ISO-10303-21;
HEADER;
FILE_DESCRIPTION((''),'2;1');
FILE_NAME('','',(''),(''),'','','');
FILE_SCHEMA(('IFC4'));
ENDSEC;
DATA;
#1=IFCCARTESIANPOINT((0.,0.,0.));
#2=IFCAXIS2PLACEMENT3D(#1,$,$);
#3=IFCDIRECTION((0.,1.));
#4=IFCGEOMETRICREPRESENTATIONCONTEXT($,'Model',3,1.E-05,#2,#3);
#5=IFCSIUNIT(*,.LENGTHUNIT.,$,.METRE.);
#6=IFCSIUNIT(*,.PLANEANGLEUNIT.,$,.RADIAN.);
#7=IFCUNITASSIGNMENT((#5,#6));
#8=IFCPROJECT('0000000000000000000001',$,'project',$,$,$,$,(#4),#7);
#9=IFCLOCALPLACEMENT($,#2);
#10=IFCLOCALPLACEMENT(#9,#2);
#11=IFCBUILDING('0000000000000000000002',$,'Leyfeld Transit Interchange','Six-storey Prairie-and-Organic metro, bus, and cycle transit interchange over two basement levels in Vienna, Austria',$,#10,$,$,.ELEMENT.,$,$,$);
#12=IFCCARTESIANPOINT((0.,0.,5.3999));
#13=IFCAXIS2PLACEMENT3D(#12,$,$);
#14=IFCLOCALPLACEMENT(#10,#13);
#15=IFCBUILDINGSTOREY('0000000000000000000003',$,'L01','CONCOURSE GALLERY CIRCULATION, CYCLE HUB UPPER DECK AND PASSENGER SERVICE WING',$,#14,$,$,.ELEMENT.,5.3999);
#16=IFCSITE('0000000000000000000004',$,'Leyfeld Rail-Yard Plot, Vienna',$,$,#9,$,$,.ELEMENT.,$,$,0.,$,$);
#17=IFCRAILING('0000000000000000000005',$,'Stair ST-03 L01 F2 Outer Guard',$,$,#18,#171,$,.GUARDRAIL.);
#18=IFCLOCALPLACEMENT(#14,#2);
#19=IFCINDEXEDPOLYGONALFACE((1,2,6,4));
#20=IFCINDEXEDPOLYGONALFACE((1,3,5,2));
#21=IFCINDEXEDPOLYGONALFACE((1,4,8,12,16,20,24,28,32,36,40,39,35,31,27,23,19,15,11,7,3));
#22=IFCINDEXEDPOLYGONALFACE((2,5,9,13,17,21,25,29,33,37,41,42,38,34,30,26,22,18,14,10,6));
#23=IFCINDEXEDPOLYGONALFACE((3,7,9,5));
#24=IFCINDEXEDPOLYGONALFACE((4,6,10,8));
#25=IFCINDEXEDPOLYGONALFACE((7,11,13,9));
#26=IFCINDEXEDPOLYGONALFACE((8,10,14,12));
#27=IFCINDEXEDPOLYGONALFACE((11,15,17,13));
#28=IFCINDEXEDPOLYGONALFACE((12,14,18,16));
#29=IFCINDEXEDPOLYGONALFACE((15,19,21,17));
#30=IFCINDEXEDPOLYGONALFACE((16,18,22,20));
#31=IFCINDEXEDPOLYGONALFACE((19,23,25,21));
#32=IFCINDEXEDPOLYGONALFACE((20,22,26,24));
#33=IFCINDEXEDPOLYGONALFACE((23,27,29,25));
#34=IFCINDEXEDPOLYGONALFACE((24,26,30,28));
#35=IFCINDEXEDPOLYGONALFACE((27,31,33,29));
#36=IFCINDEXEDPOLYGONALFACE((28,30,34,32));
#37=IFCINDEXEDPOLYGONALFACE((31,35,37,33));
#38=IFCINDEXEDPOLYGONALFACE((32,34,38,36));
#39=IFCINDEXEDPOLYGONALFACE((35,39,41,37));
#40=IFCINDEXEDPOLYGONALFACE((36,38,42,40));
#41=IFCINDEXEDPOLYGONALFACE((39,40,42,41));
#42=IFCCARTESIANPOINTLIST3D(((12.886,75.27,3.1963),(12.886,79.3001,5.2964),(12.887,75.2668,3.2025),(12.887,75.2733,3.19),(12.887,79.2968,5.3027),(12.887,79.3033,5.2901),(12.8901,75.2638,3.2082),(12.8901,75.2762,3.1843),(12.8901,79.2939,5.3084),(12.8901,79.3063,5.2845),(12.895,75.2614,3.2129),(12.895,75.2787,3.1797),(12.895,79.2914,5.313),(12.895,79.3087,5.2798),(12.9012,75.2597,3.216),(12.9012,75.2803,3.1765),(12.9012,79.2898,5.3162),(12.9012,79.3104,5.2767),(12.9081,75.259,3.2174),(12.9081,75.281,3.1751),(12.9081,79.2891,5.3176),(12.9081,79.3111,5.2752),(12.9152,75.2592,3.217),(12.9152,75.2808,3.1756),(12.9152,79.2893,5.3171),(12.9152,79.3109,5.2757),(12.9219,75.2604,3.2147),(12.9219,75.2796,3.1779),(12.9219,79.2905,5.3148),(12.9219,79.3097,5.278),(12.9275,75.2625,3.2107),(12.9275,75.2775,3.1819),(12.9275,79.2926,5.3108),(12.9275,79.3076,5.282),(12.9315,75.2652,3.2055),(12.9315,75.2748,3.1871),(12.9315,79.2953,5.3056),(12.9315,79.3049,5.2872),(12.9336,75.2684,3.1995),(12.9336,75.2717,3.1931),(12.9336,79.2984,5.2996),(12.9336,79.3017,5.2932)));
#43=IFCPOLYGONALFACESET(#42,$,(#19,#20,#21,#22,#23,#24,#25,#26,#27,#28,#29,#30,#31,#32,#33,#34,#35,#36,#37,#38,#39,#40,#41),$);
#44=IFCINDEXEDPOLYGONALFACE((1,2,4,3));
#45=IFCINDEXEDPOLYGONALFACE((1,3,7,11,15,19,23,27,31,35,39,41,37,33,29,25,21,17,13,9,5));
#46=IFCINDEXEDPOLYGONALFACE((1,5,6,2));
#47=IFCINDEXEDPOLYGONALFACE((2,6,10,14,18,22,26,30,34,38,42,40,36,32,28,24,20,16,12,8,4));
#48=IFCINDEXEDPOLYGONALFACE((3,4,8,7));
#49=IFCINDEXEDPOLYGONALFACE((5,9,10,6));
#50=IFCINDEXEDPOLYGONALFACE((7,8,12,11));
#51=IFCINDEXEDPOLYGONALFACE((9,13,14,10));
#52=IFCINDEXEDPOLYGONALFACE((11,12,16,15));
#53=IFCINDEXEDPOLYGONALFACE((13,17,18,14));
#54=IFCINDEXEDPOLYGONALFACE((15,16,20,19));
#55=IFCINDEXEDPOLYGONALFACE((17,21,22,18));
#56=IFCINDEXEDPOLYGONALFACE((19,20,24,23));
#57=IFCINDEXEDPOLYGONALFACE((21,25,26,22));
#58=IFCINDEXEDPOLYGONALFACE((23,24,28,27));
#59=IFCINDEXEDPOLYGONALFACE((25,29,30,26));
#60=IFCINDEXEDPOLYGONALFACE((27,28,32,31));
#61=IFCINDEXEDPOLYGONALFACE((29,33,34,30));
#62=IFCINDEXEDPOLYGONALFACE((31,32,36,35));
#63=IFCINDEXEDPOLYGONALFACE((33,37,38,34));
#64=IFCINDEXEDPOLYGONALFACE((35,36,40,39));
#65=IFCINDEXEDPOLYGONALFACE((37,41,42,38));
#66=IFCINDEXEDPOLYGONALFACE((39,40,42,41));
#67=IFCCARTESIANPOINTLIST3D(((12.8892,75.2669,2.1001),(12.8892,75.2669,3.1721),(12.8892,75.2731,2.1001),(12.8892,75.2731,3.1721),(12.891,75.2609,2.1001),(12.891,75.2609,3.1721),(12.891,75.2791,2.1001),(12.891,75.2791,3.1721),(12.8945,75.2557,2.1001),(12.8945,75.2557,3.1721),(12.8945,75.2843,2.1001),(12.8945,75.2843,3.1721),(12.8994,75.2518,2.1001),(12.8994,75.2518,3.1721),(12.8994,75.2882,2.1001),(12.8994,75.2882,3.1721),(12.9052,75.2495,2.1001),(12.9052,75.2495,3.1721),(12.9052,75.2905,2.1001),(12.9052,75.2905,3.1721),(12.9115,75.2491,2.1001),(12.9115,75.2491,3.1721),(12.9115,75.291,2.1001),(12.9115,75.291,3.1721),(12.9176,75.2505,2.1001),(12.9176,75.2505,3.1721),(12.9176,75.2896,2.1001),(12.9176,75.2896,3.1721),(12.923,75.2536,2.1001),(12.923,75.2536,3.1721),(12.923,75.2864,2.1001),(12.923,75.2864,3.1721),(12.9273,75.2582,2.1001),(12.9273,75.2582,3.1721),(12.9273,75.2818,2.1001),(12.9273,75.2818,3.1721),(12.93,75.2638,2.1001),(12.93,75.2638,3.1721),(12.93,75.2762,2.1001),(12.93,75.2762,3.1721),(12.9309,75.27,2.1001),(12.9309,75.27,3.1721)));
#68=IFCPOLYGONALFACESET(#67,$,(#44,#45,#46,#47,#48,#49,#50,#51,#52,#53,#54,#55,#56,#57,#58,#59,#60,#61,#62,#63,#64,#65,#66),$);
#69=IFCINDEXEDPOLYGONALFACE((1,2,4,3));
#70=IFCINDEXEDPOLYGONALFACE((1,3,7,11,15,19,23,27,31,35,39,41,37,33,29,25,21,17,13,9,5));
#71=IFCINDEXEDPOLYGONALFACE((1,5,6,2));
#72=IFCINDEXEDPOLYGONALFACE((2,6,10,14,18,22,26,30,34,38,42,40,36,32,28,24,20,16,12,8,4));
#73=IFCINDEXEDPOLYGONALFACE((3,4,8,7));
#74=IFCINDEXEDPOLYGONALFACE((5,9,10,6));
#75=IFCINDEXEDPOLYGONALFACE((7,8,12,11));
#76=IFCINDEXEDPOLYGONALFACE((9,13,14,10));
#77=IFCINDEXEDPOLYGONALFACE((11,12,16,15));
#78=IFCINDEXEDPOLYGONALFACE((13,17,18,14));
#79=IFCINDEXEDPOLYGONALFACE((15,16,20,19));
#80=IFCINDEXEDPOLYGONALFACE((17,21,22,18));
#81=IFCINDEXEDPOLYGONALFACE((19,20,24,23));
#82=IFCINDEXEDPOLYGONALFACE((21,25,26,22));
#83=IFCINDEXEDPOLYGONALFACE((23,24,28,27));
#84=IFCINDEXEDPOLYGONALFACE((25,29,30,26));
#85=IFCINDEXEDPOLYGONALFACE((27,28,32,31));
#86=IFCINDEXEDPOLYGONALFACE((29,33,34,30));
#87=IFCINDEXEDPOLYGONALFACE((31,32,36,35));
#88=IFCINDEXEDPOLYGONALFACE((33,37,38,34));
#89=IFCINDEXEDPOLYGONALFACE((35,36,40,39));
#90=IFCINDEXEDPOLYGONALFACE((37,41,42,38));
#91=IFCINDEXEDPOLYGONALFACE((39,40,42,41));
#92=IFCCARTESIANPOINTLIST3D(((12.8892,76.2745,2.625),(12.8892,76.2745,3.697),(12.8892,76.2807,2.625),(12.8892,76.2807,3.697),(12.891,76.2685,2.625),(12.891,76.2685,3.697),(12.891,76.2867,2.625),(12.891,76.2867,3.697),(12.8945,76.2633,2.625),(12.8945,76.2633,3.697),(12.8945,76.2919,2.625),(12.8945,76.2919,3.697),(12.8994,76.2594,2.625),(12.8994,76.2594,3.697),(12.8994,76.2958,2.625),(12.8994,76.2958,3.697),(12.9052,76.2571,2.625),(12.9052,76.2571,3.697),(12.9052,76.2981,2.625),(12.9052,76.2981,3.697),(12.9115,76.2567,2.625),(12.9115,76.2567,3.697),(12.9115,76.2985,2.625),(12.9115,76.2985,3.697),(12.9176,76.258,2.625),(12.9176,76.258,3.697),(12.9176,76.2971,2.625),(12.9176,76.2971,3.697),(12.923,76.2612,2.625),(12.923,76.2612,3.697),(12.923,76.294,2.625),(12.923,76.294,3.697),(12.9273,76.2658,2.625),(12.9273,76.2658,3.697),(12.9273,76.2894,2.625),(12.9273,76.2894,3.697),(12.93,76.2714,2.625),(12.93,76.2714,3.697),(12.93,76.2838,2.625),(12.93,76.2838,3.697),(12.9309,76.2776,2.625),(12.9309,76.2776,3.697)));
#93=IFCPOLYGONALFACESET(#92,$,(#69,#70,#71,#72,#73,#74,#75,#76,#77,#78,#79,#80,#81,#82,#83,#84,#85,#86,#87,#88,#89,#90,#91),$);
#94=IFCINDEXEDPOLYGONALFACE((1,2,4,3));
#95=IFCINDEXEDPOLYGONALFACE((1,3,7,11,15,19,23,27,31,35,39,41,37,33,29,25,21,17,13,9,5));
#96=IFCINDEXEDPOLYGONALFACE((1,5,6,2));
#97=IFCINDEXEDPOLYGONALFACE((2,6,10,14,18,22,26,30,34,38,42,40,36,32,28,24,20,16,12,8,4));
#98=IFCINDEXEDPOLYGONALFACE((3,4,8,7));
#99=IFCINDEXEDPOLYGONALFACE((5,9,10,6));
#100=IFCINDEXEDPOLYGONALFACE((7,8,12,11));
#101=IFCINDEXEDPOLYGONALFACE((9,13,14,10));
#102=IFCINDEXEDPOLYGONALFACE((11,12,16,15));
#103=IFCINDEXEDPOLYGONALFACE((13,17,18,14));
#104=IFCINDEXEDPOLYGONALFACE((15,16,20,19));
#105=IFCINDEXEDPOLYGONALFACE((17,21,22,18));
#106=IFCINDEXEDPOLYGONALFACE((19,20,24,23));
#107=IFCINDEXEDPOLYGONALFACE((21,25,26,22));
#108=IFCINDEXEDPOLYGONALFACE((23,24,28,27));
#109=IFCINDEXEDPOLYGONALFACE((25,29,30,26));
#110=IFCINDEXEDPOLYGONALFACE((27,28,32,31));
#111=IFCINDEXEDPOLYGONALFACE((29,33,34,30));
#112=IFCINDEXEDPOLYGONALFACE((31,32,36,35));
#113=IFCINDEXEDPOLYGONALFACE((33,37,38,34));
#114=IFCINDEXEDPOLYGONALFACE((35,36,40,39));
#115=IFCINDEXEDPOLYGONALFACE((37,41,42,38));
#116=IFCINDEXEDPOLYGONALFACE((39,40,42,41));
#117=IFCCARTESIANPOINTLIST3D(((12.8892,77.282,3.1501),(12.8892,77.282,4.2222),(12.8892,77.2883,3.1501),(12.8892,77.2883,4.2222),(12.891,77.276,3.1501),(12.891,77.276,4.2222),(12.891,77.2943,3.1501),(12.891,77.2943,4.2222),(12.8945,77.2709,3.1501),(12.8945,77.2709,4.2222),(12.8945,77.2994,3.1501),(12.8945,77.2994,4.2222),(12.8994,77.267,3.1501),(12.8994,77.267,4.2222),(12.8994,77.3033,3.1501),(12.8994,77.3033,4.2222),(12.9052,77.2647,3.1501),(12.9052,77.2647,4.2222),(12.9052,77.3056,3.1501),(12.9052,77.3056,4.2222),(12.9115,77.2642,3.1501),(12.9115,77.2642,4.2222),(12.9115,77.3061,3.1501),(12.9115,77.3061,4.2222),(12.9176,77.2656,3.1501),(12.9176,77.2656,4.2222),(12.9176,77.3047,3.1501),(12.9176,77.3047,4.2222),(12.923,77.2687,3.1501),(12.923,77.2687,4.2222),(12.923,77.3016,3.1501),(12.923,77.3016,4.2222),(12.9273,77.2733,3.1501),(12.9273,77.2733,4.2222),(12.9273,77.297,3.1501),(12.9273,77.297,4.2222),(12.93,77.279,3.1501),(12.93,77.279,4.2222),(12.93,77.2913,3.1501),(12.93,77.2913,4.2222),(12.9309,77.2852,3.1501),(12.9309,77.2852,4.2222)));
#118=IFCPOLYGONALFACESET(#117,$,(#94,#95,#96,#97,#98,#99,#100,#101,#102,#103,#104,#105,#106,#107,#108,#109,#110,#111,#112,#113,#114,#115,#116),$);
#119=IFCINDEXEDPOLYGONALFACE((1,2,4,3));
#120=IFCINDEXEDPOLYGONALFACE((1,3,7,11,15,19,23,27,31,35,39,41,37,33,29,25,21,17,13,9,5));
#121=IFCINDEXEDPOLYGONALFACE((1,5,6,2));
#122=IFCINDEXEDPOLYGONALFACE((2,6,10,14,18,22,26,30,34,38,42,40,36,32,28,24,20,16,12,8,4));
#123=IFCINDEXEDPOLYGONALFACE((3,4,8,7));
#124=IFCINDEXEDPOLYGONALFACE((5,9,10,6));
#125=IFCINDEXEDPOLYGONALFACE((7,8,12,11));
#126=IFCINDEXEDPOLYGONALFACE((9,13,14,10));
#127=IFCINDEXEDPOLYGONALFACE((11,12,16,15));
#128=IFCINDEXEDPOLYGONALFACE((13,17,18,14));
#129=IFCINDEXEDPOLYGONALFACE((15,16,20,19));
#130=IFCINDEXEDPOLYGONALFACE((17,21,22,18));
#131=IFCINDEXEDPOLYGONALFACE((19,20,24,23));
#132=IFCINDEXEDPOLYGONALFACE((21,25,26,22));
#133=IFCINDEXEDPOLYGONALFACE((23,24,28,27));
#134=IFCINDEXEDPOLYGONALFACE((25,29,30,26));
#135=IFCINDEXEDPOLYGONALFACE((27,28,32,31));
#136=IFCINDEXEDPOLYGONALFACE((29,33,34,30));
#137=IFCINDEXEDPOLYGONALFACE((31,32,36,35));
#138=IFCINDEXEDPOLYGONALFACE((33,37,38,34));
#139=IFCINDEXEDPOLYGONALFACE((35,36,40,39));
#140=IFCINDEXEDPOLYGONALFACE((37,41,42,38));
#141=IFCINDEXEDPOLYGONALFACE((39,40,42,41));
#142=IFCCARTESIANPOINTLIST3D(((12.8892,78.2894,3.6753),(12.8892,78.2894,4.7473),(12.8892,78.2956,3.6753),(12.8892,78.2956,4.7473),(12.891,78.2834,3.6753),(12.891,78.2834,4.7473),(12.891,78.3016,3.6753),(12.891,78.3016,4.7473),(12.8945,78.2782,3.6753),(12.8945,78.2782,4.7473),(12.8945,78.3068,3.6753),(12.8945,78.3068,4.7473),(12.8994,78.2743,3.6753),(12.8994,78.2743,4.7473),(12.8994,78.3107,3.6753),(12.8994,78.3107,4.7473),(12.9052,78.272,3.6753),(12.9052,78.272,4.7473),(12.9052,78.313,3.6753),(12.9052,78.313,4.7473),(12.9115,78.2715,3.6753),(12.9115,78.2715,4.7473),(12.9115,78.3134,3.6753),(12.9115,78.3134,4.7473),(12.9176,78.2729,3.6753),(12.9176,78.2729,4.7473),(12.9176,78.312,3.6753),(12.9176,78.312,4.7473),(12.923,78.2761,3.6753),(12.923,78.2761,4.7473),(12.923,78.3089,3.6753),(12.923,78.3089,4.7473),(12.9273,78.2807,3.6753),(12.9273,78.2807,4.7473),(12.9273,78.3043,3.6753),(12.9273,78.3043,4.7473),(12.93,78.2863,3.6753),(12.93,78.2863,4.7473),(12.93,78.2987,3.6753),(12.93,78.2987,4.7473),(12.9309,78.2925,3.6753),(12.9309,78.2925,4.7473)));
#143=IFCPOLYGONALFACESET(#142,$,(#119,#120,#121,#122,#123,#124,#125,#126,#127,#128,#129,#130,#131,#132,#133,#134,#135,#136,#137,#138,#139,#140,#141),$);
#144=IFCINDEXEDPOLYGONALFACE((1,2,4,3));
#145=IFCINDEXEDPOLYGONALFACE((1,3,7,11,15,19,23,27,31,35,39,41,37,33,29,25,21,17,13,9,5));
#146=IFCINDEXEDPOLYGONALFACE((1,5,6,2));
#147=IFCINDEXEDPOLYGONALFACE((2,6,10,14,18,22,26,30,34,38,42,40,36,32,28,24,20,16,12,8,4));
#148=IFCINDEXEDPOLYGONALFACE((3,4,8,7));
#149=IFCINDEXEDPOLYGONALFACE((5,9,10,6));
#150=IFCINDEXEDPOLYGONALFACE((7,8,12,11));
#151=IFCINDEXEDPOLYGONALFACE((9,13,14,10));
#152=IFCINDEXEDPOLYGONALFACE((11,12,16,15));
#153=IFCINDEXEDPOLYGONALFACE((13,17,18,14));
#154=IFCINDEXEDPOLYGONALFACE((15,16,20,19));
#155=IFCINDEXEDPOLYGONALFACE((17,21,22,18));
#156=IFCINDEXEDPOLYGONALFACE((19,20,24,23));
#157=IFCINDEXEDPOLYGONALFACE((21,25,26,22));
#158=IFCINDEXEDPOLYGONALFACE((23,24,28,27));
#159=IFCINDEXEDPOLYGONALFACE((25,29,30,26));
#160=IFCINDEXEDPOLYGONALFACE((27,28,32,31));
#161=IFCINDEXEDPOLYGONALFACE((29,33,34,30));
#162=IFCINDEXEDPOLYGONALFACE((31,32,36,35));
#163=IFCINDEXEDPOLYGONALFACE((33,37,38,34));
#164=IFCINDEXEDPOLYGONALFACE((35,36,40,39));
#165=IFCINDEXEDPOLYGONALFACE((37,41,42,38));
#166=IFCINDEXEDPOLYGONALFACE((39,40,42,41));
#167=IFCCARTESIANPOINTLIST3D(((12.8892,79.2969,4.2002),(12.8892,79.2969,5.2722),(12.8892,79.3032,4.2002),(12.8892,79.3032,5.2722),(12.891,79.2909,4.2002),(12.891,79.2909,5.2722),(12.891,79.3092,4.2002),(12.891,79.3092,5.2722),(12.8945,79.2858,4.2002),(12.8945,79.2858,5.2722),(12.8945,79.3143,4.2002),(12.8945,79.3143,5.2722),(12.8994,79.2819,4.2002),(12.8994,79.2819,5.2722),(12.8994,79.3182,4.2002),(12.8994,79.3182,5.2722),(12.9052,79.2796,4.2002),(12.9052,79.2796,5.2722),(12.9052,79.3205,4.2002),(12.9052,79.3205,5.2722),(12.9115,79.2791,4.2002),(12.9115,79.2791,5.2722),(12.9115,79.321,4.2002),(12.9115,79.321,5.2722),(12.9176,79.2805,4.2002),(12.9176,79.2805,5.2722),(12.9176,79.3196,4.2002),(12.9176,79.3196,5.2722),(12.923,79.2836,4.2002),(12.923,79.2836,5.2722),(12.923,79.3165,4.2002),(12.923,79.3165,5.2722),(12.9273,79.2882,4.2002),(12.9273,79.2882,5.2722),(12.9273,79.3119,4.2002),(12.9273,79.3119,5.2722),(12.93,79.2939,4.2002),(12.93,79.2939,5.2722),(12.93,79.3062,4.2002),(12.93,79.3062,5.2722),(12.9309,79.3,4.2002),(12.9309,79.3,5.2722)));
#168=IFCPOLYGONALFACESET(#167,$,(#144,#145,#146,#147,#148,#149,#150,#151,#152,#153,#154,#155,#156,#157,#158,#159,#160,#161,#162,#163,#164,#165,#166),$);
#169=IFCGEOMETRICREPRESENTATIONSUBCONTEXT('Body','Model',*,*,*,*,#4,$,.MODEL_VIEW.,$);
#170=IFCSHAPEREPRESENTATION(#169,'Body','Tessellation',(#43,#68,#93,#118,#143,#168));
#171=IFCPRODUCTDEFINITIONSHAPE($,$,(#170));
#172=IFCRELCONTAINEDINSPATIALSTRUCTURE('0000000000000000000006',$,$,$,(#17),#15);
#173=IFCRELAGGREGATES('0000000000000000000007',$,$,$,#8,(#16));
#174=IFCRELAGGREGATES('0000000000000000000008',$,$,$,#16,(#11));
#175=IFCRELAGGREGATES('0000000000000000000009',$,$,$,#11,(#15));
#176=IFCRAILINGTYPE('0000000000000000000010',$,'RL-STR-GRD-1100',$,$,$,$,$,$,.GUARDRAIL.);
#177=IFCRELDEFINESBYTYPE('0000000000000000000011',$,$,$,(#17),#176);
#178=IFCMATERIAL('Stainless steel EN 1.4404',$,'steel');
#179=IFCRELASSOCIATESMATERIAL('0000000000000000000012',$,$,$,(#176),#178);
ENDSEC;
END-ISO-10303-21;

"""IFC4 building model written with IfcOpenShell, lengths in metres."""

from ifc_helpers import new_model, si_unit, direction, frame, origin, origin_2d, place, context, subcontext, project, spatial, circle, extrude, material, type_object, element, save


model = new_model("IFC4")

# Units and contexts
model_context = context("Model", 3, precision=1e-05, world=origin(), true_north=direction((0.0, 1.0)))
body_context = subcontext(model_context, "Body", "Model", "MODEL_VIEW")
ifc_project = project(units=[si_unit("LENGTHUNIT", "METRE"), si_unit("PLANEANGLEUNIT", "RADIAN")], contexts=[model_context])

# Site, building, storey
site_placement = place(None, origin())
site = spatial("IfcSite", under=ifc_project, at=site_placement, Name="Leyfeld Rail-Yard Plot, Vienna", CompositionType="ELEMENT", RefElevation=0.0)
building_placement = place(site_placement, origin())
building = spatial("IfcBuilding", under=site, at=building_placement, Name="Leyfeld Transit Interchange", Description="Six-storey Prairie-and-Organic metro, bus, and cycle transit interchange over two basement levels in Vienna, Austria", CompositionType="ELEMENT")
storey_placement = place(building_placement, frame((0.0, 0.0, 5.3999)))
storey = spatial("IfcBuildingStorey", under=building, at=storey_placement, Name="L01", Description="CONCOURSE GALLERY CIRCULATION, CYCLE HUB UPPER DECK AND PASSENGER SERVICE WING", CompositionType="ELEMENT", Elevation=5.3999)

# Shared definitions
ifc_material_1 = material(Name="Stainless steel EN 1.4404", Category="steel")

# Railing
railing_type_1 = type_object("IfcRailingType", Name="RL-STR-GRD-1100", PredefinedType="GUARDRAIL", material=ifc_material_1)
for number, where, name in (
    (1, (12.9099, 75.27, 2.1001), "Stair ST-03 L01 F2 Outer Guard"),
):
    element("IfcRailing", number, at=place(storey_placement, frame(where)), inside=storey, type_object=railing_type_1, Name=name, PredefinedType="GUARDRAIL", context=body_context, shape_type="SweptSolid", body=[
        extrude(circle(Radius=0.0239, at=origin_2d()), frame((0.0, 0.0, 1.0962), z_axis=(0.0, 0.886813, 0.462129), x_axis=(-1.0, 0.0, 0.0)), (0.0, 0.0, 1.0), 4.5444),
        extrude(circle(Radius=0.021, at=origin_2d()), origin(), (0.0, 0.0, 1.0), 1.072),
        extrude(circle(Radius=0.021, at=origin_2d()), frame((0.0, 1.0076, 0.5249)), (0.0, 0.0, 1.0), 1.072),
        extrude(circle(Radius=0.021, at=origin_2d()), frame((0.0, 2.0151, 1.05)), (0.0, 0.0, 1.0), 1.072),
        extrude(circle(Radius=0.021, at=origin_2d()), frame((0.0, 3.0225, 1.5752)), (0.0, 0.0, 1.0), 1.072),
        extrude(circle(Radius=0.021, at=origin_2d()), frame((0.0, 4.03, 2.1001)), (0.0, 0.0, 1.0), 1.072),
    ])

save(model, "model.ifc")
